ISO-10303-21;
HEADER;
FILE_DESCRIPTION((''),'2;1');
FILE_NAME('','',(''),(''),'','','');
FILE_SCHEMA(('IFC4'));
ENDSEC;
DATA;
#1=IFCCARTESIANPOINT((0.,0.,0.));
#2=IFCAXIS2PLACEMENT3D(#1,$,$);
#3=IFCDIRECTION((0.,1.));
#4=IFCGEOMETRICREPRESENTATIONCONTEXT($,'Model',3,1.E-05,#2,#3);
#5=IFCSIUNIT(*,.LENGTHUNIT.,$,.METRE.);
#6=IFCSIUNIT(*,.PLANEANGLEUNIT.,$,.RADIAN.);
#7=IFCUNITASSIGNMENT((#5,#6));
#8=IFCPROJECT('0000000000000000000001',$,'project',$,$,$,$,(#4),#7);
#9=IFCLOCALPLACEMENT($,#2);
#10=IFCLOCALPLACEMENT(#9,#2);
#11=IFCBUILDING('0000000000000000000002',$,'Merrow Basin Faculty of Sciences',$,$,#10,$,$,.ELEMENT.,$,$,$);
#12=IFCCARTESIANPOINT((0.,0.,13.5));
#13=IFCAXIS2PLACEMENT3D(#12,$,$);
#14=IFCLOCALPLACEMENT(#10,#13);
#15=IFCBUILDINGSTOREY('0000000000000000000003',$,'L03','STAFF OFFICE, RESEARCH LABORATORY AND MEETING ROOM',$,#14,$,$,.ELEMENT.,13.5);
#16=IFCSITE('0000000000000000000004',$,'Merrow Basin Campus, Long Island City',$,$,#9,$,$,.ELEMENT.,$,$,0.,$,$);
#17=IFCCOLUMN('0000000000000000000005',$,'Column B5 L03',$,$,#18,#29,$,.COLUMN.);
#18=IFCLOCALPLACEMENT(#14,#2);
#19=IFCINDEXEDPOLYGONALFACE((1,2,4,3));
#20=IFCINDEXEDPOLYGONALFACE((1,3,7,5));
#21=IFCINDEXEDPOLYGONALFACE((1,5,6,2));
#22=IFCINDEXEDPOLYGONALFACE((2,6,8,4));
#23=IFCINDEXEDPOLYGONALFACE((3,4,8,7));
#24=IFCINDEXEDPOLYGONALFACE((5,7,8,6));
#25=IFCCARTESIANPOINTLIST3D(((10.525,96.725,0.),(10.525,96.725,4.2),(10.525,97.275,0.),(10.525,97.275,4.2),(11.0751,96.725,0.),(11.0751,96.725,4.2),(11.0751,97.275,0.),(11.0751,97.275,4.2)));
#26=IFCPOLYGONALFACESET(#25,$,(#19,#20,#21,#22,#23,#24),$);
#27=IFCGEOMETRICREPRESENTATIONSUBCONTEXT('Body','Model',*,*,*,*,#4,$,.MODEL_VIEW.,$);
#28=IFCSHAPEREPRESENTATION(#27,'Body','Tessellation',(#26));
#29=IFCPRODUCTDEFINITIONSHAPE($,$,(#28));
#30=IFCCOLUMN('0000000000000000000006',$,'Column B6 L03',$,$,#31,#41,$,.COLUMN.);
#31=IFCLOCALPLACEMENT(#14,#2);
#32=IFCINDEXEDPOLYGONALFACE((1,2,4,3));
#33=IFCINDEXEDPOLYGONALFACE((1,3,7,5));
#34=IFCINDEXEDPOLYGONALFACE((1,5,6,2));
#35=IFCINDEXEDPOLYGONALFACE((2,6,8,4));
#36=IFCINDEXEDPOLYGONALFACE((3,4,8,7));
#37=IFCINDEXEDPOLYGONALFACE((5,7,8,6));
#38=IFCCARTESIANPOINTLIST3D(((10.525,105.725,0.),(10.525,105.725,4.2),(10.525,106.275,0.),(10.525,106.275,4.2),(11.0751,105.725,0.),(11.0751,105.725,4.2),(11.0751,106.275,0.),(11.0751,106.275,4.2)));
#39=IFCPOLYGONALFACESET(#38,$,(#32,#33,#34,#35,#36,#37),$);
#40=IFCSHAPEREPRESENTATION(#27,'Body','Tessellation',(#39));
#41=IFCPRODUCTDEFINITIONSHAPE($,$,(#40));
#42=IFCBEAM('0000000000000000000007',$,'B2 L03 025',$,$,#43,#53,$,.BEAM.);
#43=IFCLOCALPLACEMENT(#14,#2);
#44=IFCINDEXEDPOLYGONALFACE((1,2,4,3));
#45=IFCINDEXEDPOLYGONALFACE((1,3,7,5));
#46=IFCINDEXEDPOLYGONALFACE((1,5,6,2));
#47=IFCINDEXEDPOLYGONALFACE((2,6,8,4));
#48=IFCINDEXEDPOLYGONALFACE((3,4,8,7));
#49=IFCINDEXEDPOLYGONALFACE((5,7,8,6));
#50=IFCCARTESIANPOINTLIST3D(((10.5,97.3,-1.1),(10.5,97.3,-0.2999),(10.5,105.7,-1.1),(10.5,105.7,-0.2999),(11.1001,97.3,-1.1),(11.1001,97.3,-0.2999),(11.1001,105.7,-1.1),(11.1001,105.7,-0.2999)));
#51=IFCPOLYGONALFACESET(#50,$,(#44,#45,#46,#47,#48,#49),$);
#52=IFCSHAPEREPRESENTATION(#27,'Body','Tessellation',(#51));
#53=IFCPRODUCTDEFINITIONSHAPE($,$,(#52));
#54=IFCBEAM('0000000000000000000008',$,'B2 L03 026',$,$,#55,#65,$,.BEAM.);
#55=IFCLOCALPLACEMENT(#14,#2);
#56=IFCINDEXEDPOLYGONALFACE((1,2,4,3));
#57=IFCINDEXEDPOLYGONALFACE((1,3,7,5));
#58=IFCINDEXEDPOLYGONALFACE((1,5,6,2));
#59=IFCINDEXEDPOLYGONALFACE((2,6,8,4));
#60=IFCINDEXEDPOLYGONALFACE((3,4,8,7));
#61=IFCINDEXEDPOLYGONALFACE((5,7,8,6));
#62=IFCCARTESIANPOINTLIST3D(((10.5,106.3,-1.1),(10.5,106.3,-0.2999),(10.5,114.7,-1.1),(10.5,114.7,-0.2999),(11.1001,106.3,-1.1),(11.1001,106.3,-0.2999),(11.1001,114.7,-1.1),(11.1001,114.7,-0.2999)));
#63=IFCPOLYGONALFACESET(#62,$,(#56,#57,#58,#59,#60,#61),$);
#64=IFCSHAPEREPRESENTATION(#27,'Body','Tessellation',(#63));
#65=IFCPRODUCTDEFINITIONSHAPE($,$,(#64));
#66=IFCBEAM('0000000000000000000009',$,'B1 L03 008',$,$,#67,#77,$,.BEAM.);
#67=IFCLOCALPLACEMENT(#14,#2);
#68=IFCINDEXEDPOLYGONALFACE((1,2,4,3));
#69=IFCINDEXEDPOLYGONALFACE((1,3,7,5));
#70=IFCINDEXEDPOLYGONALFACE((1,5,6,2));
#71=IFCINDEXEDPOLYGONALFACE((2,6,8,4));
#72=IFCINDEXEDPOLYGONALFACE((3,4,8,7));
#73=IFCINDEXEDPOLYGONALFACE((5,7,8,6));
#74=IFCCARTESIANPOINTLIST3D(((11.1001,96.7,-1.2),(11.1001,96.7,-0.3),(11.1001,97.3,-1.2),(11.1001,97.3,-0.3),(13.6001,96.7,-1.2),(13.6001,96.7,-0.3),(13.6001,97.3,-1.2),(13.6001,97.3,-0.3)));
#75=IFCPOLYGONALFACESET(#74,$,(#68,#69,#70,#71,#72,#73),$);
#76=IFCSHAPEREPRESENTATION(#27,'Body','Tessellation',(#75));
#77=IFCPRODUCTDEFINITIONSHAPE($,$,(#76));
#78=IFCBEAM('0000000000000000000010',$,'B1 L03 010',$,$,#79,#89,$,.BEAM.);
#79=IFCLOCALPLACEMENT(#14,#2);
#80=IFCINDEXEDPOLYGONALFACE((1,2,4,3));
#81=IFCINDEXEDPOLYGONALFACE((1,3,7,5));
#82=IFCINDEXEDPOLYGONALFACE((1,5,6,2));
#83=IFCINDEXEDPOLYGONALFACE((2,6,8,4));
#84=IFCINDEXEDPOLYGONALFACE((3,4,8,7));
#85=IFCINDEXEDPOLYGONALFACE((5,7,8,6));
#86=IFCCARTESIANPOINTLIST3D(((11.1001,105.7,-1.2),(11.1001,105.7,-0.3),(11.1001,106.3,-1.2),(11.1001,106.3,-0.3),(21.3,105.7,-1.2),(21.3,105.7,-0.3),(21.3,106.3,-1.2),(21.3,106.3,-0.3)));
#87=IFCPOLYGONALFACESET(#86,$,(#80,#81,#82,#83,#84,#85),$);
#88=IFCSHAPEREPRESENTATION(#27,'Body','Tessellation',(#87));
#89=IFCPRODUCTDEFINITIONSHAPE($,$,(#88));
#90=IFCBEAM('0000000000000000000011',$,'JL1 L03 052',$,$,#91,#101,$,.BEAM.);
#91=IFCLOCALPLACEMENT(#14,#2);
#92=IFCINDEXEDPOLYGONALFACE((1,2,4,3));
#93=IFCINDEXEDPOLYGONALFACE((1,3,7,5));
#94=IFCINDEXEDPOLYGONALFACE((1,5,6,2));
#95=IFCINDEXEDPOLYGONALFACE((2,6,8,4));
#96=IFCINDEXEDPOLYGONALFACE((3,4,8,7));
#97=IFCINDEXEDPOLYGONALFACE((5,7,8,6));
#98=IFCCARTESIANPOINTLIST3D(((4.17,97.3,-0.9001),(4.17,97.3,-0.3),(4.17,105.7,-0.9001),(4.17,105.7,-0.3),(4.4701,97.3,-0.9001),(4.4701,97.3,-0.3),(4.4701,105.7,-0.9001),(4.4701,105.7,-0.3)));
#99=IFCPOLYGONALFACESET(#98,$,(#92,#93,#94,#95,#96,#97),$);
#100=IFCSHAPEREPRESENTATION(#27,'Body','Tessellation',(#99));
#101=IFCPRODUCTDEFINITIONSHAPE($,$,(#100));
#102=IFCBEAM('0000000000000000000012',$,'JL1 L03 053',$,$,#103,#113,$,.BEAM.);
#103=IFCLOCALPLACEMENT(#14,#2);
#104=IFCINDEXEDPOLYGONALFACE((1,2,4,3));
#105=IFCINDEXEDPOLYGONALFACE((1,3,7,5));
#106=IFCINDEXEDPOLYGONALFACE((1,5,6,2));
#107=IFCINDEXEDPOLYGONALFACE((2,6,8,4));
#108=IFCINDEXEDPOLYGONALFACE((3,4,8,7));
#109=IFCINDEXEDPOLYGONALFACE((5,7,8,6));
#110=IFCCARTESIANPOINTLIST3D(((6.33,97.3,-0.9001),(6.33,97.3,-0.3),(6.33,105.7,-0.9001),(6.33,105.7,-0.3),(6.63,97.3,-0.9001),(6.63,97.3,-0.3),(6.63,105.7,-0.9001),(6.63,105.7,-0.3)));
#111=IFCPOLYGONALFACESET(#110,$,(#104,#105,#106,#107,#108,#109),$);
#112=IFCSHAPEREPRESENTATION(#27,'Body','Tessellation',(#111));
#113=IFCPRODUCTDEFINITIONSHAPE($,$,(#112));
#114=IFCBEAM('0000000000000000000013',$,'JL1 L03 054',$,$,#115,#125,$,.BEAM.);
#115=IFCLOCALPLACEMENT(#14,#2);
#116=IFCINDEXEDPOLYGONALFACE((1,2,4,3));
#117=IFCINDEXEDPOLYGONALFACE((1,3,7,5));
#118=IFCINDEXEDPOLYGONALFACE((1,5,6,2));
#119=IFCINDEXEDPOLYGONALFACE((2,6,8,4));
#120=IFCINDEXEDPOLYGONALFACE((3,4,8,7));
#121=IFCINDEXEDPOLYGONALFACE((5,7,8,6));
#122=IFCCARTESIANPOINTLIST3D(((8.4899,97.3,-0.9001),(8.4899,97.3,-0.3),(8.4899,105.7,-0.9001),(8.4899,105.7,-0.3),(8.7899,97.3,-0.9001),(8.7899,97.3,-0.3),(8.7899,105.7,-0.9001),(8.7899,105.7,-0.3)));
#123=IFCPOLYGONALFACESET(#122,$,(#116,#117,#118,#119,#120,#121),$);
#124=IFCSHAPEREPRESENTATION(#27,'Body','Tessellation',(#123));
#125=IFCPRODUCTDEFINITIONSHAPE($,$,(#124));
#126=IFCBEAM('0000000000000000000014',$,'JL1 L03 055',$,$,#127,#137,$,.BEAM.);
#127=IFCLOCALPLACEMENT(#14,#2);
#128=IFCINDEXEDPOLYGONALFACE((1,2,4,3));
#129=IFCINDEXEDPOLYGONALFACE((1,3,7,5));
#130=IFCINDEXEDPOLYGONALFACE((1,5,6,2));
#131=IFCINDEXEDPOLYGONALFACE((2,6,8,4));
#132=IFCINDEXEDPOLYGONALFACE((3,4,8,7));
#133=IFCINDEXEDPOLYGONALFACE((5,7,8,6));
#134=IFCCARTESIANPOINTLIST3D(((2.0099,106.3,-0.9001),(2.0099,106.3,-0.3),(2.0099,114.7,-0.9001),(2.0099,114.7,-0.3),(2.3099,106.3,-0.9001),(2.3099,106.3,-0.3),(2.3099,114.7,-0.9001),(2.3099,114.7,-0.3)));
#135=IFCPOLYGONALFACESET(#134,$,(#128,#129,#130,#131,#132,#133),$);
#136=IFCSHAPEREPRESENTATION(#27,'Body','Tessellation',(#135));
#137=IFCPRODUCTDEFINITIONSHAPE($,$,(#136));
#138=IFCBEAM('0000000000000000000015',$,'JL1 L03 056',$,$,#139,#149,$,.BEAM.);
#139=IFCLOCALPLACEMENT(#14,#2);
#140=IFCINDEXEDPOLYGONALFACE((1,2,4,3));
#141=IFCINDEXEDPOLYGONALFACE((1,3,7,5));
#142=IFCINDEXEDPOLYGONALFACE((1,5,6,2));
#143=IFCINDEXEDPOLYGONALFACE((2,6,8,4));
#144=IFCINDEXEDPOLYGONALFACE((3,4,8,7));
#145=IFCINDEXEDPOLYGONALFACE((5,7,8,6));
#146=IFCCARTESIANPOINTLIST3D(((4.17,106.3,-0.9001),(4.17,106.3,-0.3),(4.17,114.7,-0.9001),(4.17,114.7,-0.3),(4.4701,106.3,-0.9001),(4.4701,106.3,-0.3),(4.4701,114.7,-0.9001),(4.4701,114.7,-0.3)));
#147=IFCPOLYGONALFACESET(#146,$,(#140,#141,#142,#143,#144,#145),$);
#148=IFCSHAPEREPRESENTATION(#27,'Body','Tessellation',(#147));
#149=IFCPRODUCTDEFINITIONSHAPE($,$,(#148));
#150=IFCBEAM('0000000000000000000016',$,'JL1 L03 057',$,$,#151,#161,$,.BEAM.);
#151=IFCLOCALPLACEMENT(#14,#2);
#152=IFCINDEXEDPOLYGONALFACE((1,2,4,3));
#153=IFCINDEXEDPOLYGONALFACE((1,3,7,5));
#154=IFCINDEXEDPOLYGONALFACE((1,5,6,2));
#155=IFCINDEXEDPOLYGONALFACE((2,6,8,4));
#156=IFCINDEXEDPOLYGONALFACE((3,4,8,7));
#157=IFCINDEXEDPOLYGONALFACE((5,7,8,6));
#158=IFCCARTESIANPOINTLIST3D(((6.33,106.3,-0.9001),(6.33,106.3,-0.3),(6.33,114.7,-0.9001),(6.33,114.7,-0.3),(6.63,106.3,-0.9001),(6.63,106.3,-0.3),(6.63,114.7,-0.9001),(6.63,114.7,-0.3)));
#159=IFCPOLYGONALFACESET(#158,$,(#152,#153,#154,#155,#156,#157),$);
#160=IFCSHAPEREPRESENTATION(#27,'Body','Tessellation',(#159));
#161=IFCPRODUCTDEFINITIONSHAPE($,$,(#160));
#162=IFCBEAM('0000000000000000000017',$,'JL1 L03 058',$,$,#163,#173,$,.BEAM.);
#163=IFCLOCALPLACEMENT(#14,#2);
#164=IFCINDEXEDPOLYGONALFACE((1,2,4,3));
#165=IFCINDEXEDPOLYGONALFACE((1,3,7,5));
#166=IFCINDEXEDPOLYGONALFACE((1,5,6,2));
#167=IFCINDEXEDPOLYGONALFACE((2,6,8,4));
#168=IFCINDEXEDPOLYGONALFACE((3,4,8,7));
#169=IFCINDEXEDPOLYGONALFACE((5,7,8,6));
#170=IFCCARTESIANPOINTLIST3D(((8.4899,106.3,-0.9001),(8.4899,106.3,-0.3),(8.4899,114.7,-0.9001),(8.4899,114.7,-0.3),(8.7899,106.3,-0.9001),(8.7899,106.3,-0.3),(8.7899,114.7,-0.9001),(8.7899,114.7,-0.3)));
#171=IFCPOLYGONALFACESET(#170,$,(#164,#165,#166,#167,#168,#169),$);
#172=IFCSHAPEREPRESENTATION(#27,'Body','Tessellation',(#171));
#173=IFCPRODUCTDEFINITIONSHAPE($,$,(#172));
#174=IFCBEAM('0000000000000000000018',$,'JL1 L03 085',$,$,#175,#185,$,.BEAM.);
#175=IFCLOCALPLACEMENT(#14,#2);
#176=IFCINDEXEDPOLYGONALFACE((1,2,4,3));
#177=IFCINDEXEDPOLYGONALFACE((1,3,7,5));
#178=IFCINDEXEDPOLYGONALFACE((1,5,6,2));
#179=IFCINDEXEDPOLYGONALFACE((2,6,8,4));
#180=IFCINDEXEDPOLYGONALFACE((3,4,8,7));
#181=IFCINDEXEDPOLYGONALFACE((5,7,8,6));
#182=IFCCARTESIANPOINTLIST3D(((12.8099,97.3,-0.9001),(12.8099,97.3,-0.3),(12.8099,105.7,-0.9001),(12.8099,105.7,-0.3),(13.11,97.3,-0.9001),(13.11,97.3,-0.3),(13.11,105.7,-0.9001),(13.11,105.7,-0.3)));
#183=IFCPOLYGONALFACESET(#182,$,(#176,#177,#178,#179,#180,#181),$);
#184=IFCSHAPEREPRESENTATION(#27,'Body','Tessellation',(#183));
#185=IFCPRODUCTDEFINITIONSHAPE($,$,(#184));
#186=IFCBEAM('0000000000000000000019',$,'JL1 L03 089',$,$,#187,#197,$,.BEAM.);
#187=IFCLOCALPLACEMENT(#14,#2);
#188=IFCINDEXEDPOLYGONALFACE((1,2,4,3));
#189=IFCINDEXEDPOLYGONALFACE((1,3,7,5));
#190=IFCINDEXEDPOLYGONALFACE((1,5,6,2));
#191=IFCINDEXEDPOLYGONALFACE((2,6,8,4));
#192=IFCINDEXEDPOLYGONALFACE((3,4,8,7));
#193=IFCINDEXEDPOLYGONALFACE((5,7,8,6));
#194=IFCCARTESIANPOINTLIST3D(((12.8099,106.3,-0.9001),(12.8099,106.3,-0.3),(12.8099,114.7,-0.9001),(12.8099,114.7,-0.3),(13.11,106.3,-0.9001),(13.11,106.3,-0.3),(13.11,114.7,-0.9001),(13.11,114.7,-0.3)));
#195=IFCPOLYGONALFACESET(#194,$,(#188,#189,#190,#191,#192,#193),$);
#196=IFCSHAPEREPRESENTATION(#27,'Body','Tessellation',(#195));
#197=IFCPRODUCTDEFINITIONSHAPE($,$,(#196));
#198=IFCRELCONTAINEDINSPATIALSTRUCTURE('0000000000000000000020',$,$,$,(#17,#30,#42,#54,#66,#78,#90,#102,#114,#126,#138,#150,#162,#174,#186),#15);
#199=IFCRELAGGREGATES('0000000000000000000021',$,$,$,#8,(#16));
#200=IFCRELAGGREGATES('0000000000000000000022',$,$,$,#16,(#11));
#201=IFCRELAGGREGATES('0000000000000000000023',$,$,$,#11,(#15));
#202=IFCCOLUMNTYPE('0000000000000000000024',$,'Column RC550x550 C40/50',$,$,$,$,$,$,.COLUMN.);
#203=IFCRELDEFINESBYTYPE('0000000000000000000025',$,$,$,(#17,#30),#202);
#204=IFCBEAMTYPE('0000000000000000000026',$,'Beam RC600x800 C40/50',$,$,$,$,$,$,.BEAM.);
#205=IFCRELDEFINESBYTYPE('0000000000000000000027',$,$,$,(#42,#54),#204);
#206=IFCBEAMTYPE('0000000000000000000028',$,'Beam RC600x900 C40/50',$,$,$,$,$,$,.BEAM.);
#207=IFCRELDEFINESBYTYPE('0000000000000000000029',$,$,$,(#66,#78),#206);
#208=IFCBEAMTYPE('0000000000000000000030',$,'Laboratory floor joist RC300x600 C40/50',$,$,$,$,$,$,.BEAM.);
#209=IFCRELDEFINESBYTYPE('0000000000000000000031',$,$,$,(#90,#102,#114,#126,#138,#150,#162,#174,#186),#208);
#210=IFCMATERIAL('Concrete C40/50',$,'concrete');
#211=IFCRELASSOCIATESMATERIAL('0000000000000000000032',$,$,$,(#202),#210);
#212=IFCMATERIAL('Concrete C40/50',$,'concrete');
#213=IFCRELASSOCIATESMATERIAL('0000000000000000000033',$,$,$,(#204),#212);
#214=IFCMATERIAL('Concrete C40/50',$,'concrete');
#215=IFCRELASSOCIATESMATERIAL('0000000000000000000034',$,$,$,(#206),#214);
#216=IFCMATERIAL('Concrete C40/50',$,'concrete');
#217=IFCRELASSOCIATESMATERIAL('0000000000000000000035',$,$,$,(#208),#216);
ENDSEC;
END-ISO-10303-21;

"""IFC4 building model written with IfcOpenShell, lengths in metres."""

from ifc_helpers import new_model, si_unit, direction, frame, origin, origin_2d, place, context, subcontext, project, spatial, rectangle, extrude, material, material_profile, profile_set, type_object, element, save


model = new_model("IFC4")

# Units and contexts
model_context = context("Model", 3, precision=1e-05, world=origin(), true_north=direction((0.0, 1.0)))
body_context = subcontext(model_context, "Body", "Model", "MODEL_VIEW")
ifc_project = project(units=[si_unit("LENGTHUNIT", "METRE"), si_unit("PLANEANGLEUNIT", "RADIAN")], contexts=[model_context])

# Site, building, storey
site_placement = place(None, origin())
site = spatial("IfcSite", under=ifc_project, at=site_placement, Name="Merrow Basin Campus, Long Island City", CompositionType="ELEMENT", RefElevation=0.0)
building_placement = place(site_placement, origin())
building = spatial("IfcBuilding", under=site, at=building_placement, Name="Merrow Basin Faculty of Sciences", CompositionType="ELEMENT")
storey_placement = place(building_placement, frame((0.0, 0.0, 13.5)))
storey = spatial("IfcBuildingStorey", under=building, at=storey_placement, Name="L03", Description="STAFF OFFICE, RESEARCH LABORATORY AND MEETING ROOM", CompositionType="ELEMENT", Elevation=13.5)

# Columns
ifc_material_1 = material(Name="Concrete C40/50", Category="concrete")
ifc_material_profile_1 = material_profile(ifc_material_1, rectangle(XDim=0.55, YDim=0.55, at=origin_2d()))
ifc_profile_set_1 = profile_set([ifc_material_profile_1], Name="Concrete C40/50")
column_type = type_object("IfcColumnType", Name="Column RC550x550 C40/50", PredefinedType="COLUMN", material=ifc_profile_set_1)
for number, where, z_axis, x_axis, name in (
    (1, (10.8, 97.0, 0.0), (0.0, 0.0, 1.0), (1.0, 0.0, 0.0), "Column B5 L03"),
    (2, (10.8, 106.0, 0.0), (0.0, 0.0, 1.0), (1.0, 0.0, 0.0), "Column B6 L03"),
):
    element("IfcColumn", number, at=place(storey_placement, frame(where, z_axis=z_axis, x_axis=x_axis)), inside=storey, type_object=column_type, Name=name, PredefinedType="COLUMN", context=body_context, shape_type="SweptSolid", body=[
        extrude(rectangle(XDim=0.55, YDim=0.55, at=origin_2d()), origin(), (0.0, 0.0, 1.0), 4.2),
    ])

# Beams
ifc_material_2 = material(Name="Concrete C40/50", Category="concrete")
ifc_material_profile_2 = material_profile(ifc_material_2, rectangle(XDim=0.6001, YDim=0.8, at=origin_2d()))
ifc_profile_set_2 = profile_set([ifc_material_profile_2], Name="Concrete C40/50")
beam_type_1 = type_object("IfcBeamType", Name="Beam RC600x800 C40/50", PredefinedType="BEAM", material=ifc_profile_set_2)
for number, where, z_axis, x_axis, name in (
    (3, (10.8, 97.3, -0.7), (0.0, 1.0, 0.0), (-1.0, 0.0, 0.0), "B2 L03 025"),
    (4, (10.8, 106.3, -0.7), (0.0, 1.0, 0.0), (-1.0, 0.0, 0.0), "B2 L03 026"),
):
    element("IfcBeam", number, at=place(storey_placement, frame(where, z_axis=z_axis, x_axis=x_axis)), inside=storey, type_object=beam_type_1, Name=name, PredefinedType="BEAM", context=body_context, shape_type="SweptSolid", body=[
        extrude(rectangle(XDim=0.6001, YDim=0.8, at=origin_2d()), origin(), (0.0, 0.0, 1.0), 8.3999),
    ])
ifc_material_3 = material(Name="Concrete C40/50", Category="concrete")
ifc_material_profile_3 = material_profile(ifc_material_3, rectangle(XDim=0.6001, YDim=0.8999, at=origin_2d()))
ifc_profile_set_3 = profile_set([ifc_material_profile_3], Name="Concrete C40/50")
beam_type_2 = type_object("IfcBeamType", Name="Beam RC600x900 C40/50", PredefinedType="BEAM", material=ifc_profile_set_3)
beam_1_placement = place(storey_placement, frame((11.1001, 97.0, -0.75), z_axis=(1.0, 0.0, 0.0), x_axis=(0.0, 1.0, 0.0)))
element("IfcBeam", 5, at=beam_1_placement, inside=storey, type_object=beam_type_2, Name="B1 L03 008", PredefinedType="BEAM", context=body_context, shape_type="SweptSolid", body=[
    extrude(rectangle(XDim=0.6001, YDim=0.8999, at=origin_2d()), origin(), (0.0, 0.0, 1.0), 2.5),
])
beam_2_placement = place(storey_placement, frame((11.1001, 106.0, -0.75), z_axis=(1.0, 0.0, 0.0), x_axis=(0.0, 1.0, 0.0)))
element("IfcBeam", 6, at=beam_2_placement, inside=storey, type_object=beam_type_2, Name="B1 L03 010", PredefinedType="BEAM", context=body_context, shape_type="SweptSolid", body=[
    extrude(rectangle(XDim=0.6001, YDim=0.8999, at=origin_2d()), origin(), (0.0, 0.0, 1.0), 10.2),
])
ifc_material_4 = material(Name="Concrete C40/50", Category="concrete")
ifc_material_profile_4 = material_profile(ifc_material_4, rectangle(XDim=0.3, YDim=0.6001, at=origin_2d()))
ifc_profile_set_4 = profile_set([ifc_material_profile_4], Name="Concrete C40/50")
beam_type_3 = type_object("IfcBeamType", Name="Laboratory floor joist RC300x600 C40/50", PredefinedType="BEAM", material=ifc_profile_set_4)
for number, where, z_axis, x_axis, name in (
    (7, (4.3201, 97.3, -0.6001), (0.0, 1.0, 0.0), (-1.0, 0.0, 0.0), "JL1 L03 052"),
    (8, (6.48, 97.3, -0.6001), (0.0, 1.0, 0.0), (-1.0, 0.0, 0.0), "JL1 L03 053"),
    (9, (8.6399, 97.3, -0.6001), (0.0, 1.0, 0.0), (-1.0, 0.0, 0.0), "JL1 L03 054"),
    (10, (2.1599, 106.3, -0.6001), (0.0, 1.0, 0.0), (-1.0, 0.0, 0.0), "JL1 L03 055"),
    (11, (4.3201, 106.3, -0.6001), (0.0, 1.0, 0.0), (-1.0, 0.0, 0.0), "JL1 L03 056"),
    (12, (6.48, 106.3, -0.6001), (0.0, 1.0, 0.0), (-1.0, 0.0, 0.0), "JL1 L03 057"),
    (13, (8.6399, 106.3, -0.6001), (0.0, 1.0, 0.0), (-1.0, 0.0, 0.0), "JL1 L03 058"),
    (14, (12.96, 97.3, -0.6001), (0.0, 1.0, 0.0), (-1.0, 0.0, 0.0), "JL1 L03 085"),
    (15, (12.96, 106.3, -0.6001), (0.0, 1.0, 0.0), (-1.0, 0.0, 0.0), "JL1 L03 089"),
):
    element("IfcBeam", number, at=place(storey_placement, frame(where, z_axis=z_axis, x_axis=x_axis)), inside=storey, type_object=beam_type_3, Name=name, PredefinedType="BEAM", context=body_context, shape_type="SweptSolid", body=[
        extrude(rectangle(XDim=0.3, YDim=0.6001, at=origin_2d()), origin(), (0.0, 0.0, 1.0), 8.3999),
    ])

save(model, "model.ifc")
